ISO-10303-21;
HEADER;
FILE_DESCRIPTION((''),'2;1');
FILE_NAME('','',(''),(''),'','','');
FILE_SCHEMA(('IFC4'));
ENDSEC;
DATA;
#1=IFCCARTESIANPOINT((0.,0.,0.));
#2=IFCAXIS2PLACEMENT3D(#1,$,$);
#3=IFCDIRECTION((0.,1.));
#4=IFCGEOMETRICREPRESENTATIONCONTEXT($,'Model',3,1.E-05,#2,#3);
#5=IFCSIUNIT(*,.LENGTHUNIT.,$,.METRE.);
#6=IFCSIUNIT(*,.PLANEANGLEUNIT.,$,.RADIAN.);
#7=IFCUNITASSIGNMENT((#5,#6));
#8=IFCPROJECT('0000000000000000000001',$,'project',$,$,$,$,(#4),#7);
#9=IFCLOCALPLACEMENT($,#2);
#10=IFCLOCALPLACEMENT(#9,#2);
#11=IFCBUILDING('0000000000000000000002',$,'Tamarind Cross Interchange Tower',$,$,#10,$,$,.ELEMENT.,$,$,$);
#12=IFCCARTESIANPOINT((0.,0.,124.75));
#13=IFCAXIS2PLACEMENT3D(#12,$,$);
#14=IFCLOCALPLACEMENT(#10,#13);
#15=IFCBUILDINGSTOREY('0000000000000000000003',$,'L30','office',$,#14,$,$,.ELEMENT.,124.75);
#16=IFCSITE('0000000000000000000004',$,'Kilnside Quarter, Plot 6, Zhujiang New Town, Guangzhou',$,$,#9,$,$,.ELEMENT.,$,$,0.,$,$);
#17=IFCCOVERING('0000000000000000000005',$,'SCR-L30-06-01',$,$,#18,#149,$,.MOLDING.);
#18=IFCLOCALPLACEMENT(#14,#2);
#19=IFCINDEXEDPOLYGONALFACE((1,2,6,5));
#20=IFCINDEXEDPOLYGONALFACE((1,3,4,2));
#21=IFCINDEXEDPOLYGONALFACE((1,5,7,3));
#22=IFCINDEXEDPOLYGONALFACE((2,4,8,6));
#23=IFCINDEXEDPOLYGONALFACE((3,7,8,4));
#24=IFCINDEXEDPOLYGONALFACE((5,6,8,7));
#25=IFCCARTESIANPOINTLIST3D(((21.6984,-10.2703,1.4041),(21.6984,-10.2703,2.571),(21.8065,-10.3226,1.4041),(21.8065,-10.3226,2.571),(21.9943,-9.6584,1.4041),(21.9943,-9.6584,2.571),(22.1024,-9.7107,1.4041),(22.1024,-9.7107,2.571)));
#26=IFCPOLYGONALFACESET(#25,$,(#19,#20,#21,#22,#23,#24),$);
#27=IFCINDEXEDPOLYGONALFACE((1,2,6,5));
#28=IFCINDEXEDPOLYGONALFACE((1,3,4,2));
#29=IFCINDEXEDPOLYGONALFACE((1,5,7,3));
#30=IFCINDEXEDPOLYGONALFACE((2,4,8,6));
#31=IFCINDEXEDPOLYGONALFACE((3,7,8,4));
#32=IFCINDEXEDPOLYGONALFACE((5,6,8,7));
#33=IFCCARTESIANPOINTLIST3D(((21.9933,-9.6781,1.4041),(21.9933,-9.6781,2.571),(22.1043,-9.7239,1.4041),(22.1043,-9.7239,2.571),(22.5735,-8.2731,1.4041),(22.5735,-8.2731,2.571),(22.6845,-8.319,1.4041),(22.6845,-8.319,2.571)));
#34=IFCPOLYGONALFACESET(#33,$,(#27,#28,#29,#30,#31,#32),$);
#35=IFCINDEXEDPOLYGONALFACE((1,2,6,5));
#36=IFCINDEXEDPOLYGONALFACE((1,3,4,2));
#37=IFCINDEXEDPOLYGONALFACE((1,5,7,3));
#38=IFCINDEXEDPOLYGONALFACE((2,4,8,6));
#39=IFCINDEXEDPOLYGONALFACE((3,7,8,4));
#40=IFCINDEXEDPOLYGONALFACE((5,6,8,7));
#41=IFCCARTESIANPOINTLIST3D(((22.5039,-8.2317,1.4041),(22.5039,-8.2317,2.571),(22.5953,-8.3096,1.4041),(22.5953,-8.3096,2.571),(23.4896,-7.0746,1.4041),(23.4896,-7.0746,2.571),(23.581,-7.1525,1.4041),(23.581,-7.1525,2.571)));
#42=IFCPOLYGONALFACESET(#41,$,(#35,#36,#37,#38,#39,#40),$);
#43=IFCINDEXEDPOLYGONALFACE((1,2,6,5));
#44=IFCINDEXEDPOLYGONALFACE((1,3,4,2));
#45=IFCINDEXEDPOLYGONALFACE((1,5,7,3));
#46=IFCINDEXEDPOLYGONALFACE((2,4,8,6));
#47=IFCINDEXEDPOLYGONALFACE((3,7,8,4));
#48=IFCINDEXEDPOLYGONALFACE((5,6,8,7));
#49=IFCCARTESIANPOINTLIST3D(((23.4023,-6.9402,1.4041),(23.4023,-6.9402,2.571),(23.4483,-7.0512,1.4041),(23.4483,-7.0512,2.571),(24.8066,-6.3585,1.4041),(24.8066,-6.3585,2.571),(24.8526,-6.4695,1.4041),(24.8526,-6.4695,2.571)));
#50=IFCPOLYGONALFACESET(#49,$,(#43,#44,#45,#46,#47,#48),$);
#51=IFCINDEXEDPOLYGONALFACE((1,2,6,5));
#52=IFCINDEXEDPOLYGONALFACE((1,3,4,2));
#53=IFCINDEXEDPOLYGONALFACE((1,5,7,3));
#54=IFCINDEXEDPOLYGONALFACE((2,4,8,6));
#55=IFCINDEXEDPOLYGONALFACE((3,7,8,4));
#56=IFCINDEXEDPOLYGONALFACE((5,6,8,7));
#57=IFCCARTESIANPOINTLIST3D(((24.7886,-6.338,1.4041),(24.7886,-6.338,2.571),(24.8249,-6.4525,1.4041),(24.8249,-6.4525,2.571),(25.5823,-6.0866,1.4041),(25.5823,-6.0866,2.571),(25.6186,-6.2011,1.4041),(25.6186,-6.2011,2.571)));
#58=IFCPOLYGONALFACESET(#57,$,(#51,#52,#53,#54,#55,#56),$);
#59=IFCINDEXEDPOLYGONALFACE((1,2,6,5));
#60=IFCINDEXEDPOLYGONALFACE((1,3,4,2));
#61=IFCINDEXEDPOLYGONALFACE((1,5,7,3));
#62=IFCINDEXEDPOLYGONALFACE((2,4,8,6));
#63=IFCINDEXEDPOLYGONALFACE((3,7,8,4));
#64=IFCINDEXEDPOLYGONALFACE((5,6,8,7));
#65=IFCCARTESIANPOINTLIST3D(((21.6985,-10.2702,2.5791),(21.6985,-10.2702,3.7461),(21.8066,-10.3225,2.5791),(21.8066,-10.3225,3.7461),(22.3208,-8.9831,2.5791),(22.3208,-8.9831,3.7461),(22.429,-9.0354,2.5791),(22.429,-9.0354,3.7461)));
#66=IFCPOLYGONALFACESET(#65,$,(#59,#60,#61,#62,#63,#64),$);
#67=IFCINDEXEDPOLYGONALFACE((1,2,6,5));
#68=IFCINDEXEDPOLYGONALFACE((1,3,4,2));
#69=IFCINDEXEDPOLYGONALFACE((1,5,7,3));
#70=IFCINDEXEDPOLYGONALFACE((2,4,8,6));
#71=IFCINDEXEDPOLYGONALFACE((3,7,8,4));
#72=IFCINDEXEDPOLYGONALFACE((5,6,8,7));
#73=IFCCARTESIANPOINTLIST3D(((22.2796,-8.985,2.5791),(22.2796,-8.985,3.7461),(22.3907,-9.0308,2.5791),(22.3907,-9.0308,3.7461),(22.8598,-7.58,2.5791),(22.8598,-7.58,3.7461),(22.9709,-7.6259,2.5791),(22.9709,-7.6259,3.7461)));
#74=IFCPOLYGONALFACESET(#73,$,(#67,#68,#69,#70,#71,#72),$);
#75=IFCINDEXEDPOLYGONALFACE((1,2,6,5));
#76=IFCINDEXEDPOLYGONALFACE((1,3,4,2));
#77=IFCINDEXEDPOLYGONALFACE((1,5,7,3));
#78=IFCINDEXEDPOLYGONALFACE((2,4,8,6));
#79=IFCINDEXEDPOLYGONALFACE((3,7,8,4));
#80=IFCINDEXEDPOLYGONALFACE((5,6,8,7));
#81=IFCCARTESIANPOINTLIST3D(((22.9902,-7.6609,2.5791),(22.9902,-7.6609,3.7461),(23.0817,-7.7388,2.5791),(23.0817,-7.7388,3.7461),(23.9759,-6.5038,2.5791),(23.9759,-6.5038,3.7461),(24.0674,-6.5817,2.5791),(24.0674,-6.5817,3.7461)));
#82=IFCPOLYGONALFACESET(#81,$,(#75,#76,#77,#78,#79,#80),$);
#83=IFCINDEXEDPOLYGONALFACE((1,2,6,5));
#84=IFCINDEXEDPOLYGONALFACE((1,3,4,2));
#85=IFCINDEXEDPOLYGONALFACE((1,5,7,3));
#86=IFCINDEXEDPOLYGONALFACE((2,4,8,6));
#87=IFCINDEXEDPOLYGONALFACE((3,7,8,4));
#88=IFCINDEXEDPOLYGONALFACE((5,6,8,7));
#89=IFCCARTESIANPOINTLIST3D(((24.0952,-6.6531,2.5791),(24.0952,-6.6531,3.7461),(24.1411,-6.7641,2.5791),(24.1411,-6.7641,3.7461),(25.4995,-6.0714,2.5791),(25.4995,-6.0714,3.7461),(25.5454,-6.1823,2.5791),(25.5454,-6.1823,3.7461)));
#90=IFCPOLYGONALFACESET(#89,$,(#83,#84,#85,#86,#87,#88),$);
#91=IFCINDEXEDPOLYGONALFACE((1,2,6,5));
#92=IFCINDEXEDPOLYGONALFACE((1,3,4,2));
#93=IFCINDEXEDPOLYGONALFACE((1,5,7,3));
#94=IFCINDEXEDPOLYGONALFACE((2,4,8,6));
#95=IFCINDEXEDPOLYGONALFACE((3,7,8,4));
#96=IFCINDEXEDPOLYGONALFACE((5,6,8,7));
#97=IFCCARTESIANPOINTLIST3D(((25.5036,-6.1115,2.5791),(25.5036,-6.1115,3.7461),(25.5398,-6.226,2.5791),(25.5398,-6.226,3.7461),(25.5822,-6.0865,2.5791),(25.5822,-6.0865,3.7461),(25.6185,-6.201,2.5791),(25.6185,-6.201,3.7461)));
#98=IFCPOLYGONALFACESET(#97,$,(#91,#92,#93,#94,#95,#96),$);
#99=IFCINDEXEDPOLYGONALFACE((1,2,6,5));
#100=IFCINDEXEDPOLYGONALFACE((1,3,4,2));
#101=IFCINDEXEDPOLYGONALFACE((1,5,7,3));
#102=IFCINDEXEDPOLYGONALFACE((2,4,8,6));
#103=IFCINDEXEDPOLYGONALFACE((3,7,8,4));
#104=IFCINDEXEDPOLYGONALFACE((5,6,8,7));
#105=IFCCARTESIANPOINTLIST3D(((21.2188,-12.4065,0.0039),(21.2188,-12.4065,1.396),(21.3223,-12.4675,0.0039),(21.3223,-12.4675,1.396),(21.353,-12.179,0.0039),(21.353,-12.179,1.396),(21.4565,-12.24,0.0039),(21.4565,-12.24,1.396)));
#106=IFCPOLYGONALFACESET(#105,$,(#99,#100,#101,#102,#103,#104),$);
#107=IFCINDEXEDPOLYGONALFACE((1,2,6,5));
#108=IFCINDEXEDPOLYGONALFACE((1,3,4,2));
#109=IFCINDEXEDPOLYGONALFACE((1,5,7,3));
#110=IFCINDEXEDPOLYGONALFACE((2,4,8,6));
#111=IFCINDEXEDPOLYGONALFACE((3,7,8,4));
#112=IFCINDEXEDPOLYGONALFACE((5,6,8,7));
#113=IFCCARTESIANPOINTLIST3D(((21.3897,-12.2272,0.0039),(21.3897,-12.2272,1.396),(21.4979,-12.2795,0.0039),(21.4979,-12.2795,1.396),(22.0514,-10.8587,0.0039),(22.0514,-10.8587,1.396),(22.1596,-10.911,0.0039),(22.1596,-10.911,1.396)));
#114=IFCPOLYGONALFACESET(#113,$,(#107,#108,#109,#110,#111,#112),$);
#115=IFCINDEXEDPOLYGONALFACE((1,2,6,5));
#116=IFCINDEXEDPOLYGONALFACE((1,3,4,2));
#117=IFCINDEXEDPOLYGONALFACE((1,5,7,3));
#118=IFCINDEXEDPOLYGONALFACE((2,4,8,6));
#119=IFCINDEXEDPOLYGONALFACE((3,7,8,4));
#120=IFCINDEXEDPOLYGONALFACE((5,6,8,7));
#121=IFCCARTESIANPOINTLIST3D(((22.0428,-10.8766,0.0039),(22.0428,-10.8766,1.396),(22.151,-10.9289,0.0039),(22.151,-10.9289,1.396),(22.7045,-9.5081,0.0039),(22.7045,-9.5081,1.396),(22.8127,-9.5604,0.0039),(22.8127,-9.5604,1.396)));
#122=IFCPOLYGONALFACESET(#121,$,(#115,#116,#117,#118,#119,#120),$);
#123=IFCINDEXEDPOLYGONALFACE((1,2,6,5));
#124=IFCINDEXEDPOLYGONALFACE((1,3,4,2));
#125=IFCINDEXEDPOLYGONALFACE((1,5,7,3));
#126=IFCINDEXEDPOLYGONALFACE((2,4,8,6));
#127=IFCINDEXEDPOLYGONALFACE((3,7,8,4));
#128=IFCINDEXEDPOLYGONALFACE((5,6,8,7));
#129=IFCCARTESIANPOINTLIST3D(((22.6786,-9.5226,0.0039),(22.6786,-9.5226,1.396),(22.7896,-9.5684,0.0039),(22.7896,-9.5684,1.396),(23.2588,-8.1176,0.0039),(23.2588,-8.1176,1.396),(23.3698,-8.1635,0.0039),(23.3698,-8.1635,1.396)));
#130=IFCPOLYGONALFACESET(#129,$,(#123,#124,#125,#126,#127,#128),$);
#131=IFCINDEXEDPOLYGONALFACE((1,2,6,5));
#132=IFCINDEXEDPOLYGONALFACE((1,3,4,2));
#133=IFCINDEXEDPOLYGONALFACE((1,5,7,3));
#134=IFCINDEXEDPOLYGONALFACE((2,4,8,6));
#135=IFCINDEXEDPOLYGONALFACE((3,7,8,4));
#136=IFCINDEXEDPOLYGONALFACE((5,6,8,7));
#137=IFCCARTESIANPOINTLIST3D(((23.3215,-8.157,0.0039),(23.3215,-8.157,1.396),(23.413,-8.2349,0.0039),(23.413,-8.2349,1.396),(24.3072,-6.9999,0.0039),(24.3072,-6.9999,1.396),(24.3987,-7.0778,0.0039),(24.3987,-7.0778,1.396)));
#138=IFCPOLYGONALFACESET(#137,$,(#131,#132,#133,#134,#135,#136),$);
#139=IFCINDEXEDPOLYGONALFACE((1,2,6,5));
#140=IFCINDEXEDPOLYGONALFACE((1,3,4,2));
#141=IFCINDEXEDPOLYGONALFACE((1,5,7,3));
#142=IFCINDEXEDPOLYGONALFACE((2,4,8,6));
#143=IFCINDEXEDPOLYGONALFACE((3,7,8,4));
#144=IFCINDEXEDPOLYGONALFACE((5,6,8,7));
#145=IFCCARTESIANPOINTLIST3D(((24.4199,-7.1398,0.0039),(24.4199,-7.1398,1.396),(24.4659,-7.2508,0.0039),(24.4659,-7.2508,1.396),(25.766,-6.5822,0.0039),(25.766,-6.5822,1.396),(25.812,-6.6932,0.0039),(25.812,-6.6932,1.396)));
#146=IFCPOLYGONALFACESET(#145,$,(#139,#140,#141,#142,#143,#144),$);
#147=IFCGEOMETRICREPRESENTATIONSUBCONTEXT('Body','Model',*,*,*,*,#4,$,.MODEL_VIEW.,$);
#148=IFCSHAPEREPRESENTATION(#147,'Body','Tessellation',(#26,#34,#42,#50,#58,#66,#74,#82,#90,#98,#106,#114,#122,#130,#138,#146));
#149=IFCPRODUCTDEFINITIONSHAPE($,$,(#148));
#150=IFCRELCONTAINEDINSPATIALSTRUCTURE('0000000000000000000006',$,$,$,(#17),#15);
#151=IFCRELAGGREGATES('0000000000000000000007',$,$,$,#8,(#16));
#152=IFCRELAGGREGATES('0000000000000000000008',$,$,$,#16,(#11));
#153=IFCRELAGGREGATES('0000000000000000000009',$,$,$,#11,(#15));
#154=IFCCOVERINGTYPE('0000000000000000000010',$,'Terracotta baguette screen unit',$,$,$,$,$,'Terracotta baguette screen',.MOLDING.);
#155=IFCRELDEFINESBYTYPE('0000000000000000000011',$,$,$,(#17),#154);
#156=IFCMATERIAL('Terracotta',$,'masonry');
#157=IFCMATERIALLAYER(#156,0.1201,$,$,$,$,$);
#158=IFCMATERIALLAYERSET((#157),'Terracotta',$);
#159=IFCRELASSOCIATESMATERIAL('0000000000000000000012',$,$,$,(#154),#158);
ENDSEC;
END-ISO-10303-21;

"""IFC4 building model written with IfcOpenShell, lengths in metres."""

from ifc_helpers import new_model, si_unit, direction, frame, origin, origin_2d, place, context, subcontext, project, spatial, rectangle, extrude, material, layer, layer_set, type_object, element, save


model = new_model("IFC4")

# Units and contexts
model_context = context("Model", 3, precision=1e-05, world=origin(), true_north=direction((0.0, 1.0)))
body_context = subcontext(model_context, "Body", "Model", "MODEL_VIEW")
ifc_project = project(units=[si_unit("LENGTHUNIT", "METRE"), si_unit("PLANEANGLEUNIT", "RADIAN")], contexts=[model_context])

# Site, building, storey
site_placement = place(None, origin())
site = spatial("IfcSite", under=ifc_project, at=site_placement, Name="Kilnside Quarter, Plot 6, Zhujiang New Town, Guangzhou", CompositionType="ELEMENT", RefElevation=0.0)
building_placement = place(site_placement, origin())
building = spatial("IfcBuilding", under=site, at=building_placement, Name="Tamarind Cross Interchange Tower", CompositionType="ELEMENT")
storey_placement = place(building_placement, frame((0.0, 0.0, 124.75)))
storey = spatial("IfcBuildingStorey", under=building, at=storey_placement, Name="L30", Description="office", CompositionType="ELEMENT", Elevation=124.75)

# Covering
ifc_material_1 = material(Name="Terracotta", Category="masonry")
ifc_layer_1 = layer(ifc_material_1, 0.1201)
ifc_layer_set_1 = layer_set([ifc_layer_1], Name="Terracotta")
covering_type = type_object("IfcCoveringType", Name="Terracotta baguette screen unit", ElementType="Terracotta baguette screen", PredefinedType="MOLDING", material=ifc_layer_set_1)
covering_1_placement = place(storey_placement, origin())
element("IfcCovering", 1, at=covering_1_placement, inside=storey, type_object=covering_type, Name="SCR-L30-06-01", PredefinedType="MOLDING", context=body_context, shape_type="SweptSolid", body=[
    extrude(rectangle(XDim=0.6797, YDim=0.1201, at=origin_2d()), frame((21.9004, -9.9905, 1.4041), z_axis=(0.0, 0.0, 1.0), x_axis=(0.435326, 0.900273, 0.0)), (0.0, 0.0, 1.0), 1.167),
    extrude(rectangle(XDim=1.52, YDim=0.1201, at=origin_2d()), frame((22.3389, -8.9985, 1.4041), z_axis=(0.0, 0.0, 1.0), x_axis=(0.381712, 0.924281, 0.0)), (0.0, 0.0, 1.0), 1.167),
    extrude(rectangle(XDim=1.52, YDim=0.1201, at=origin_2d()), frame((23.0425, -7.6921, 1.4041), z_axis=(0.0, 0.0, 1.0), x_axis=(0.648479, 0.761233, 0.0)), (0.0, 0.0, 1.0), 1.167),
    extrude(rectangle(XDim=1.52, YDim=0.1201, at=origin_2d()), frame((24.1274, -6.7048, 1.4041), z_axis=(0.0, 0.0, 1.0), x_axis=(0.923869, 0.382708, 0.0)), (0.0, 0.0, 1.0), 1.167),
    extrude(rectangle(XDim=0.8325, YDim=0.1201, at=origin_2d()), frame((25.2036, -6.2695, 1.4041), z_axis=(0.0, 0.0, 1.0), x_axis=(0.953321, 0.301957, 0.0)), (0.0, 0.0, 1.0), 1.167),
    extrude(rectangle(XDim=1.4297, YDim=0.1201, at=origin_2d()), frame((22.0637, -9.6528, 2.5791), z_axis=(0.0, 0.0, 1.0), x_axis=(0.435326, 0.900273, 0.0)), (0.0, 0.0, 1.0), 1.167),
    extrude(rectangle(XDim=1.52, YDim=0.1201, at=origin_2d()), frame((22.6252, -8.3054, 2.5791), z_axis=(0.0, 0.0, 1.0), x_axis=(0.381712, 0.924281, 0.0)), (0.0, 0.0, 1.0), 1.167),
    extrude(rectangle(XDim=1.52, YDim=0.1201, at=origin_2d()), frame((23.5288, -7.1213, 2.5791), z_axis=(0.0, 0.0, 1.0), x_axis=(0.648479, 0.761233, 0.0)), (0.0, 0.0, 1.0), 1.167),
    extrude(rectangle(XDim=1.52, YDim=0.1201, at=origin_2d()), frame((24.8203, -6.4177, 2.5791), z_axis=(0.0, 0.0, 1.0), x_axis=(0.923869, 0.382708, 0.0)), (0.0, 0.0, 1.0), 1.167),
    extrude(rectangle(XDim=0.0825, YDim=0.1201, at=origin_2d()), frame((25.561, -6.1562, 2.5791), z_axis=(0.0, 0.0, 1.0), x_axis=(0.953321, 0.301957, 0.0)), (0.0, 0.0, 1.0), 1.167),
    extrude(rectangle(XDim=0.2642, YDim=0.1201, at=origin_2d()), frame((21.3376, -12.3232, 0.0039), z_axis=(0.0, 0.0, 1.0), x_axis=(0.508183, 0.861249, 0.0)), (0.0, 0.0, 1.0), 1.3921),
    extrude(rectangle(XDim=1.52, YDim=0.1201, at=origin_2d()), frame((21.7747, -11.5691, 0.0039), z_axis=(0.0, 0.0, 1.0), x_axis=(0.435326, 0.900273, 0.0)), (0.0, 0.0, 1.0), 1.3921),
    extrude(rectangle(XDim=1.52, YDim=0.1201, at=origin_2d()), frame((22.4277, -10.2185, 0.0039), z_axis=(0.0, 0.0, 1.0), x_axis=(0.435326, 0.900273, 0.0)), (0.0, 0.0, 1.0), 1.3921),
    extrude(rectangle(XDim=1.52, YDim=0.1201, at=origin_2d()), frame((23.0242, -8.843, 0.0039), z_axis=(0.0, 0.0, 1.0), x_axis=(0.381712, 0.924281, 0.0)), (0.0, 0.0, 1.0), 1.3921),
    extrude(rectangle(XDim=1.52, YDim=0.1201, at=origin_2d()), frame((23.8601, -7.6174, 0.0039), z_axis=(0.0, 0.0, 1.0), x_axis=(0.648479, 0.761233, 0.0)), (0.0, 0.0, 1.0), 1.3921),
    extrude(rectangle(XDim=1.457, YDim=0.1201, at=origin_2d()), frame((25.116, -6.9165, 0.0039), z_axis=(0.0, 0.0, 1.0), x_axis=(0.923869, 0.382708, 0.0)), (0.0, 0.0, 1.0), 1.3921),
])

save(model, "model.ifc")
